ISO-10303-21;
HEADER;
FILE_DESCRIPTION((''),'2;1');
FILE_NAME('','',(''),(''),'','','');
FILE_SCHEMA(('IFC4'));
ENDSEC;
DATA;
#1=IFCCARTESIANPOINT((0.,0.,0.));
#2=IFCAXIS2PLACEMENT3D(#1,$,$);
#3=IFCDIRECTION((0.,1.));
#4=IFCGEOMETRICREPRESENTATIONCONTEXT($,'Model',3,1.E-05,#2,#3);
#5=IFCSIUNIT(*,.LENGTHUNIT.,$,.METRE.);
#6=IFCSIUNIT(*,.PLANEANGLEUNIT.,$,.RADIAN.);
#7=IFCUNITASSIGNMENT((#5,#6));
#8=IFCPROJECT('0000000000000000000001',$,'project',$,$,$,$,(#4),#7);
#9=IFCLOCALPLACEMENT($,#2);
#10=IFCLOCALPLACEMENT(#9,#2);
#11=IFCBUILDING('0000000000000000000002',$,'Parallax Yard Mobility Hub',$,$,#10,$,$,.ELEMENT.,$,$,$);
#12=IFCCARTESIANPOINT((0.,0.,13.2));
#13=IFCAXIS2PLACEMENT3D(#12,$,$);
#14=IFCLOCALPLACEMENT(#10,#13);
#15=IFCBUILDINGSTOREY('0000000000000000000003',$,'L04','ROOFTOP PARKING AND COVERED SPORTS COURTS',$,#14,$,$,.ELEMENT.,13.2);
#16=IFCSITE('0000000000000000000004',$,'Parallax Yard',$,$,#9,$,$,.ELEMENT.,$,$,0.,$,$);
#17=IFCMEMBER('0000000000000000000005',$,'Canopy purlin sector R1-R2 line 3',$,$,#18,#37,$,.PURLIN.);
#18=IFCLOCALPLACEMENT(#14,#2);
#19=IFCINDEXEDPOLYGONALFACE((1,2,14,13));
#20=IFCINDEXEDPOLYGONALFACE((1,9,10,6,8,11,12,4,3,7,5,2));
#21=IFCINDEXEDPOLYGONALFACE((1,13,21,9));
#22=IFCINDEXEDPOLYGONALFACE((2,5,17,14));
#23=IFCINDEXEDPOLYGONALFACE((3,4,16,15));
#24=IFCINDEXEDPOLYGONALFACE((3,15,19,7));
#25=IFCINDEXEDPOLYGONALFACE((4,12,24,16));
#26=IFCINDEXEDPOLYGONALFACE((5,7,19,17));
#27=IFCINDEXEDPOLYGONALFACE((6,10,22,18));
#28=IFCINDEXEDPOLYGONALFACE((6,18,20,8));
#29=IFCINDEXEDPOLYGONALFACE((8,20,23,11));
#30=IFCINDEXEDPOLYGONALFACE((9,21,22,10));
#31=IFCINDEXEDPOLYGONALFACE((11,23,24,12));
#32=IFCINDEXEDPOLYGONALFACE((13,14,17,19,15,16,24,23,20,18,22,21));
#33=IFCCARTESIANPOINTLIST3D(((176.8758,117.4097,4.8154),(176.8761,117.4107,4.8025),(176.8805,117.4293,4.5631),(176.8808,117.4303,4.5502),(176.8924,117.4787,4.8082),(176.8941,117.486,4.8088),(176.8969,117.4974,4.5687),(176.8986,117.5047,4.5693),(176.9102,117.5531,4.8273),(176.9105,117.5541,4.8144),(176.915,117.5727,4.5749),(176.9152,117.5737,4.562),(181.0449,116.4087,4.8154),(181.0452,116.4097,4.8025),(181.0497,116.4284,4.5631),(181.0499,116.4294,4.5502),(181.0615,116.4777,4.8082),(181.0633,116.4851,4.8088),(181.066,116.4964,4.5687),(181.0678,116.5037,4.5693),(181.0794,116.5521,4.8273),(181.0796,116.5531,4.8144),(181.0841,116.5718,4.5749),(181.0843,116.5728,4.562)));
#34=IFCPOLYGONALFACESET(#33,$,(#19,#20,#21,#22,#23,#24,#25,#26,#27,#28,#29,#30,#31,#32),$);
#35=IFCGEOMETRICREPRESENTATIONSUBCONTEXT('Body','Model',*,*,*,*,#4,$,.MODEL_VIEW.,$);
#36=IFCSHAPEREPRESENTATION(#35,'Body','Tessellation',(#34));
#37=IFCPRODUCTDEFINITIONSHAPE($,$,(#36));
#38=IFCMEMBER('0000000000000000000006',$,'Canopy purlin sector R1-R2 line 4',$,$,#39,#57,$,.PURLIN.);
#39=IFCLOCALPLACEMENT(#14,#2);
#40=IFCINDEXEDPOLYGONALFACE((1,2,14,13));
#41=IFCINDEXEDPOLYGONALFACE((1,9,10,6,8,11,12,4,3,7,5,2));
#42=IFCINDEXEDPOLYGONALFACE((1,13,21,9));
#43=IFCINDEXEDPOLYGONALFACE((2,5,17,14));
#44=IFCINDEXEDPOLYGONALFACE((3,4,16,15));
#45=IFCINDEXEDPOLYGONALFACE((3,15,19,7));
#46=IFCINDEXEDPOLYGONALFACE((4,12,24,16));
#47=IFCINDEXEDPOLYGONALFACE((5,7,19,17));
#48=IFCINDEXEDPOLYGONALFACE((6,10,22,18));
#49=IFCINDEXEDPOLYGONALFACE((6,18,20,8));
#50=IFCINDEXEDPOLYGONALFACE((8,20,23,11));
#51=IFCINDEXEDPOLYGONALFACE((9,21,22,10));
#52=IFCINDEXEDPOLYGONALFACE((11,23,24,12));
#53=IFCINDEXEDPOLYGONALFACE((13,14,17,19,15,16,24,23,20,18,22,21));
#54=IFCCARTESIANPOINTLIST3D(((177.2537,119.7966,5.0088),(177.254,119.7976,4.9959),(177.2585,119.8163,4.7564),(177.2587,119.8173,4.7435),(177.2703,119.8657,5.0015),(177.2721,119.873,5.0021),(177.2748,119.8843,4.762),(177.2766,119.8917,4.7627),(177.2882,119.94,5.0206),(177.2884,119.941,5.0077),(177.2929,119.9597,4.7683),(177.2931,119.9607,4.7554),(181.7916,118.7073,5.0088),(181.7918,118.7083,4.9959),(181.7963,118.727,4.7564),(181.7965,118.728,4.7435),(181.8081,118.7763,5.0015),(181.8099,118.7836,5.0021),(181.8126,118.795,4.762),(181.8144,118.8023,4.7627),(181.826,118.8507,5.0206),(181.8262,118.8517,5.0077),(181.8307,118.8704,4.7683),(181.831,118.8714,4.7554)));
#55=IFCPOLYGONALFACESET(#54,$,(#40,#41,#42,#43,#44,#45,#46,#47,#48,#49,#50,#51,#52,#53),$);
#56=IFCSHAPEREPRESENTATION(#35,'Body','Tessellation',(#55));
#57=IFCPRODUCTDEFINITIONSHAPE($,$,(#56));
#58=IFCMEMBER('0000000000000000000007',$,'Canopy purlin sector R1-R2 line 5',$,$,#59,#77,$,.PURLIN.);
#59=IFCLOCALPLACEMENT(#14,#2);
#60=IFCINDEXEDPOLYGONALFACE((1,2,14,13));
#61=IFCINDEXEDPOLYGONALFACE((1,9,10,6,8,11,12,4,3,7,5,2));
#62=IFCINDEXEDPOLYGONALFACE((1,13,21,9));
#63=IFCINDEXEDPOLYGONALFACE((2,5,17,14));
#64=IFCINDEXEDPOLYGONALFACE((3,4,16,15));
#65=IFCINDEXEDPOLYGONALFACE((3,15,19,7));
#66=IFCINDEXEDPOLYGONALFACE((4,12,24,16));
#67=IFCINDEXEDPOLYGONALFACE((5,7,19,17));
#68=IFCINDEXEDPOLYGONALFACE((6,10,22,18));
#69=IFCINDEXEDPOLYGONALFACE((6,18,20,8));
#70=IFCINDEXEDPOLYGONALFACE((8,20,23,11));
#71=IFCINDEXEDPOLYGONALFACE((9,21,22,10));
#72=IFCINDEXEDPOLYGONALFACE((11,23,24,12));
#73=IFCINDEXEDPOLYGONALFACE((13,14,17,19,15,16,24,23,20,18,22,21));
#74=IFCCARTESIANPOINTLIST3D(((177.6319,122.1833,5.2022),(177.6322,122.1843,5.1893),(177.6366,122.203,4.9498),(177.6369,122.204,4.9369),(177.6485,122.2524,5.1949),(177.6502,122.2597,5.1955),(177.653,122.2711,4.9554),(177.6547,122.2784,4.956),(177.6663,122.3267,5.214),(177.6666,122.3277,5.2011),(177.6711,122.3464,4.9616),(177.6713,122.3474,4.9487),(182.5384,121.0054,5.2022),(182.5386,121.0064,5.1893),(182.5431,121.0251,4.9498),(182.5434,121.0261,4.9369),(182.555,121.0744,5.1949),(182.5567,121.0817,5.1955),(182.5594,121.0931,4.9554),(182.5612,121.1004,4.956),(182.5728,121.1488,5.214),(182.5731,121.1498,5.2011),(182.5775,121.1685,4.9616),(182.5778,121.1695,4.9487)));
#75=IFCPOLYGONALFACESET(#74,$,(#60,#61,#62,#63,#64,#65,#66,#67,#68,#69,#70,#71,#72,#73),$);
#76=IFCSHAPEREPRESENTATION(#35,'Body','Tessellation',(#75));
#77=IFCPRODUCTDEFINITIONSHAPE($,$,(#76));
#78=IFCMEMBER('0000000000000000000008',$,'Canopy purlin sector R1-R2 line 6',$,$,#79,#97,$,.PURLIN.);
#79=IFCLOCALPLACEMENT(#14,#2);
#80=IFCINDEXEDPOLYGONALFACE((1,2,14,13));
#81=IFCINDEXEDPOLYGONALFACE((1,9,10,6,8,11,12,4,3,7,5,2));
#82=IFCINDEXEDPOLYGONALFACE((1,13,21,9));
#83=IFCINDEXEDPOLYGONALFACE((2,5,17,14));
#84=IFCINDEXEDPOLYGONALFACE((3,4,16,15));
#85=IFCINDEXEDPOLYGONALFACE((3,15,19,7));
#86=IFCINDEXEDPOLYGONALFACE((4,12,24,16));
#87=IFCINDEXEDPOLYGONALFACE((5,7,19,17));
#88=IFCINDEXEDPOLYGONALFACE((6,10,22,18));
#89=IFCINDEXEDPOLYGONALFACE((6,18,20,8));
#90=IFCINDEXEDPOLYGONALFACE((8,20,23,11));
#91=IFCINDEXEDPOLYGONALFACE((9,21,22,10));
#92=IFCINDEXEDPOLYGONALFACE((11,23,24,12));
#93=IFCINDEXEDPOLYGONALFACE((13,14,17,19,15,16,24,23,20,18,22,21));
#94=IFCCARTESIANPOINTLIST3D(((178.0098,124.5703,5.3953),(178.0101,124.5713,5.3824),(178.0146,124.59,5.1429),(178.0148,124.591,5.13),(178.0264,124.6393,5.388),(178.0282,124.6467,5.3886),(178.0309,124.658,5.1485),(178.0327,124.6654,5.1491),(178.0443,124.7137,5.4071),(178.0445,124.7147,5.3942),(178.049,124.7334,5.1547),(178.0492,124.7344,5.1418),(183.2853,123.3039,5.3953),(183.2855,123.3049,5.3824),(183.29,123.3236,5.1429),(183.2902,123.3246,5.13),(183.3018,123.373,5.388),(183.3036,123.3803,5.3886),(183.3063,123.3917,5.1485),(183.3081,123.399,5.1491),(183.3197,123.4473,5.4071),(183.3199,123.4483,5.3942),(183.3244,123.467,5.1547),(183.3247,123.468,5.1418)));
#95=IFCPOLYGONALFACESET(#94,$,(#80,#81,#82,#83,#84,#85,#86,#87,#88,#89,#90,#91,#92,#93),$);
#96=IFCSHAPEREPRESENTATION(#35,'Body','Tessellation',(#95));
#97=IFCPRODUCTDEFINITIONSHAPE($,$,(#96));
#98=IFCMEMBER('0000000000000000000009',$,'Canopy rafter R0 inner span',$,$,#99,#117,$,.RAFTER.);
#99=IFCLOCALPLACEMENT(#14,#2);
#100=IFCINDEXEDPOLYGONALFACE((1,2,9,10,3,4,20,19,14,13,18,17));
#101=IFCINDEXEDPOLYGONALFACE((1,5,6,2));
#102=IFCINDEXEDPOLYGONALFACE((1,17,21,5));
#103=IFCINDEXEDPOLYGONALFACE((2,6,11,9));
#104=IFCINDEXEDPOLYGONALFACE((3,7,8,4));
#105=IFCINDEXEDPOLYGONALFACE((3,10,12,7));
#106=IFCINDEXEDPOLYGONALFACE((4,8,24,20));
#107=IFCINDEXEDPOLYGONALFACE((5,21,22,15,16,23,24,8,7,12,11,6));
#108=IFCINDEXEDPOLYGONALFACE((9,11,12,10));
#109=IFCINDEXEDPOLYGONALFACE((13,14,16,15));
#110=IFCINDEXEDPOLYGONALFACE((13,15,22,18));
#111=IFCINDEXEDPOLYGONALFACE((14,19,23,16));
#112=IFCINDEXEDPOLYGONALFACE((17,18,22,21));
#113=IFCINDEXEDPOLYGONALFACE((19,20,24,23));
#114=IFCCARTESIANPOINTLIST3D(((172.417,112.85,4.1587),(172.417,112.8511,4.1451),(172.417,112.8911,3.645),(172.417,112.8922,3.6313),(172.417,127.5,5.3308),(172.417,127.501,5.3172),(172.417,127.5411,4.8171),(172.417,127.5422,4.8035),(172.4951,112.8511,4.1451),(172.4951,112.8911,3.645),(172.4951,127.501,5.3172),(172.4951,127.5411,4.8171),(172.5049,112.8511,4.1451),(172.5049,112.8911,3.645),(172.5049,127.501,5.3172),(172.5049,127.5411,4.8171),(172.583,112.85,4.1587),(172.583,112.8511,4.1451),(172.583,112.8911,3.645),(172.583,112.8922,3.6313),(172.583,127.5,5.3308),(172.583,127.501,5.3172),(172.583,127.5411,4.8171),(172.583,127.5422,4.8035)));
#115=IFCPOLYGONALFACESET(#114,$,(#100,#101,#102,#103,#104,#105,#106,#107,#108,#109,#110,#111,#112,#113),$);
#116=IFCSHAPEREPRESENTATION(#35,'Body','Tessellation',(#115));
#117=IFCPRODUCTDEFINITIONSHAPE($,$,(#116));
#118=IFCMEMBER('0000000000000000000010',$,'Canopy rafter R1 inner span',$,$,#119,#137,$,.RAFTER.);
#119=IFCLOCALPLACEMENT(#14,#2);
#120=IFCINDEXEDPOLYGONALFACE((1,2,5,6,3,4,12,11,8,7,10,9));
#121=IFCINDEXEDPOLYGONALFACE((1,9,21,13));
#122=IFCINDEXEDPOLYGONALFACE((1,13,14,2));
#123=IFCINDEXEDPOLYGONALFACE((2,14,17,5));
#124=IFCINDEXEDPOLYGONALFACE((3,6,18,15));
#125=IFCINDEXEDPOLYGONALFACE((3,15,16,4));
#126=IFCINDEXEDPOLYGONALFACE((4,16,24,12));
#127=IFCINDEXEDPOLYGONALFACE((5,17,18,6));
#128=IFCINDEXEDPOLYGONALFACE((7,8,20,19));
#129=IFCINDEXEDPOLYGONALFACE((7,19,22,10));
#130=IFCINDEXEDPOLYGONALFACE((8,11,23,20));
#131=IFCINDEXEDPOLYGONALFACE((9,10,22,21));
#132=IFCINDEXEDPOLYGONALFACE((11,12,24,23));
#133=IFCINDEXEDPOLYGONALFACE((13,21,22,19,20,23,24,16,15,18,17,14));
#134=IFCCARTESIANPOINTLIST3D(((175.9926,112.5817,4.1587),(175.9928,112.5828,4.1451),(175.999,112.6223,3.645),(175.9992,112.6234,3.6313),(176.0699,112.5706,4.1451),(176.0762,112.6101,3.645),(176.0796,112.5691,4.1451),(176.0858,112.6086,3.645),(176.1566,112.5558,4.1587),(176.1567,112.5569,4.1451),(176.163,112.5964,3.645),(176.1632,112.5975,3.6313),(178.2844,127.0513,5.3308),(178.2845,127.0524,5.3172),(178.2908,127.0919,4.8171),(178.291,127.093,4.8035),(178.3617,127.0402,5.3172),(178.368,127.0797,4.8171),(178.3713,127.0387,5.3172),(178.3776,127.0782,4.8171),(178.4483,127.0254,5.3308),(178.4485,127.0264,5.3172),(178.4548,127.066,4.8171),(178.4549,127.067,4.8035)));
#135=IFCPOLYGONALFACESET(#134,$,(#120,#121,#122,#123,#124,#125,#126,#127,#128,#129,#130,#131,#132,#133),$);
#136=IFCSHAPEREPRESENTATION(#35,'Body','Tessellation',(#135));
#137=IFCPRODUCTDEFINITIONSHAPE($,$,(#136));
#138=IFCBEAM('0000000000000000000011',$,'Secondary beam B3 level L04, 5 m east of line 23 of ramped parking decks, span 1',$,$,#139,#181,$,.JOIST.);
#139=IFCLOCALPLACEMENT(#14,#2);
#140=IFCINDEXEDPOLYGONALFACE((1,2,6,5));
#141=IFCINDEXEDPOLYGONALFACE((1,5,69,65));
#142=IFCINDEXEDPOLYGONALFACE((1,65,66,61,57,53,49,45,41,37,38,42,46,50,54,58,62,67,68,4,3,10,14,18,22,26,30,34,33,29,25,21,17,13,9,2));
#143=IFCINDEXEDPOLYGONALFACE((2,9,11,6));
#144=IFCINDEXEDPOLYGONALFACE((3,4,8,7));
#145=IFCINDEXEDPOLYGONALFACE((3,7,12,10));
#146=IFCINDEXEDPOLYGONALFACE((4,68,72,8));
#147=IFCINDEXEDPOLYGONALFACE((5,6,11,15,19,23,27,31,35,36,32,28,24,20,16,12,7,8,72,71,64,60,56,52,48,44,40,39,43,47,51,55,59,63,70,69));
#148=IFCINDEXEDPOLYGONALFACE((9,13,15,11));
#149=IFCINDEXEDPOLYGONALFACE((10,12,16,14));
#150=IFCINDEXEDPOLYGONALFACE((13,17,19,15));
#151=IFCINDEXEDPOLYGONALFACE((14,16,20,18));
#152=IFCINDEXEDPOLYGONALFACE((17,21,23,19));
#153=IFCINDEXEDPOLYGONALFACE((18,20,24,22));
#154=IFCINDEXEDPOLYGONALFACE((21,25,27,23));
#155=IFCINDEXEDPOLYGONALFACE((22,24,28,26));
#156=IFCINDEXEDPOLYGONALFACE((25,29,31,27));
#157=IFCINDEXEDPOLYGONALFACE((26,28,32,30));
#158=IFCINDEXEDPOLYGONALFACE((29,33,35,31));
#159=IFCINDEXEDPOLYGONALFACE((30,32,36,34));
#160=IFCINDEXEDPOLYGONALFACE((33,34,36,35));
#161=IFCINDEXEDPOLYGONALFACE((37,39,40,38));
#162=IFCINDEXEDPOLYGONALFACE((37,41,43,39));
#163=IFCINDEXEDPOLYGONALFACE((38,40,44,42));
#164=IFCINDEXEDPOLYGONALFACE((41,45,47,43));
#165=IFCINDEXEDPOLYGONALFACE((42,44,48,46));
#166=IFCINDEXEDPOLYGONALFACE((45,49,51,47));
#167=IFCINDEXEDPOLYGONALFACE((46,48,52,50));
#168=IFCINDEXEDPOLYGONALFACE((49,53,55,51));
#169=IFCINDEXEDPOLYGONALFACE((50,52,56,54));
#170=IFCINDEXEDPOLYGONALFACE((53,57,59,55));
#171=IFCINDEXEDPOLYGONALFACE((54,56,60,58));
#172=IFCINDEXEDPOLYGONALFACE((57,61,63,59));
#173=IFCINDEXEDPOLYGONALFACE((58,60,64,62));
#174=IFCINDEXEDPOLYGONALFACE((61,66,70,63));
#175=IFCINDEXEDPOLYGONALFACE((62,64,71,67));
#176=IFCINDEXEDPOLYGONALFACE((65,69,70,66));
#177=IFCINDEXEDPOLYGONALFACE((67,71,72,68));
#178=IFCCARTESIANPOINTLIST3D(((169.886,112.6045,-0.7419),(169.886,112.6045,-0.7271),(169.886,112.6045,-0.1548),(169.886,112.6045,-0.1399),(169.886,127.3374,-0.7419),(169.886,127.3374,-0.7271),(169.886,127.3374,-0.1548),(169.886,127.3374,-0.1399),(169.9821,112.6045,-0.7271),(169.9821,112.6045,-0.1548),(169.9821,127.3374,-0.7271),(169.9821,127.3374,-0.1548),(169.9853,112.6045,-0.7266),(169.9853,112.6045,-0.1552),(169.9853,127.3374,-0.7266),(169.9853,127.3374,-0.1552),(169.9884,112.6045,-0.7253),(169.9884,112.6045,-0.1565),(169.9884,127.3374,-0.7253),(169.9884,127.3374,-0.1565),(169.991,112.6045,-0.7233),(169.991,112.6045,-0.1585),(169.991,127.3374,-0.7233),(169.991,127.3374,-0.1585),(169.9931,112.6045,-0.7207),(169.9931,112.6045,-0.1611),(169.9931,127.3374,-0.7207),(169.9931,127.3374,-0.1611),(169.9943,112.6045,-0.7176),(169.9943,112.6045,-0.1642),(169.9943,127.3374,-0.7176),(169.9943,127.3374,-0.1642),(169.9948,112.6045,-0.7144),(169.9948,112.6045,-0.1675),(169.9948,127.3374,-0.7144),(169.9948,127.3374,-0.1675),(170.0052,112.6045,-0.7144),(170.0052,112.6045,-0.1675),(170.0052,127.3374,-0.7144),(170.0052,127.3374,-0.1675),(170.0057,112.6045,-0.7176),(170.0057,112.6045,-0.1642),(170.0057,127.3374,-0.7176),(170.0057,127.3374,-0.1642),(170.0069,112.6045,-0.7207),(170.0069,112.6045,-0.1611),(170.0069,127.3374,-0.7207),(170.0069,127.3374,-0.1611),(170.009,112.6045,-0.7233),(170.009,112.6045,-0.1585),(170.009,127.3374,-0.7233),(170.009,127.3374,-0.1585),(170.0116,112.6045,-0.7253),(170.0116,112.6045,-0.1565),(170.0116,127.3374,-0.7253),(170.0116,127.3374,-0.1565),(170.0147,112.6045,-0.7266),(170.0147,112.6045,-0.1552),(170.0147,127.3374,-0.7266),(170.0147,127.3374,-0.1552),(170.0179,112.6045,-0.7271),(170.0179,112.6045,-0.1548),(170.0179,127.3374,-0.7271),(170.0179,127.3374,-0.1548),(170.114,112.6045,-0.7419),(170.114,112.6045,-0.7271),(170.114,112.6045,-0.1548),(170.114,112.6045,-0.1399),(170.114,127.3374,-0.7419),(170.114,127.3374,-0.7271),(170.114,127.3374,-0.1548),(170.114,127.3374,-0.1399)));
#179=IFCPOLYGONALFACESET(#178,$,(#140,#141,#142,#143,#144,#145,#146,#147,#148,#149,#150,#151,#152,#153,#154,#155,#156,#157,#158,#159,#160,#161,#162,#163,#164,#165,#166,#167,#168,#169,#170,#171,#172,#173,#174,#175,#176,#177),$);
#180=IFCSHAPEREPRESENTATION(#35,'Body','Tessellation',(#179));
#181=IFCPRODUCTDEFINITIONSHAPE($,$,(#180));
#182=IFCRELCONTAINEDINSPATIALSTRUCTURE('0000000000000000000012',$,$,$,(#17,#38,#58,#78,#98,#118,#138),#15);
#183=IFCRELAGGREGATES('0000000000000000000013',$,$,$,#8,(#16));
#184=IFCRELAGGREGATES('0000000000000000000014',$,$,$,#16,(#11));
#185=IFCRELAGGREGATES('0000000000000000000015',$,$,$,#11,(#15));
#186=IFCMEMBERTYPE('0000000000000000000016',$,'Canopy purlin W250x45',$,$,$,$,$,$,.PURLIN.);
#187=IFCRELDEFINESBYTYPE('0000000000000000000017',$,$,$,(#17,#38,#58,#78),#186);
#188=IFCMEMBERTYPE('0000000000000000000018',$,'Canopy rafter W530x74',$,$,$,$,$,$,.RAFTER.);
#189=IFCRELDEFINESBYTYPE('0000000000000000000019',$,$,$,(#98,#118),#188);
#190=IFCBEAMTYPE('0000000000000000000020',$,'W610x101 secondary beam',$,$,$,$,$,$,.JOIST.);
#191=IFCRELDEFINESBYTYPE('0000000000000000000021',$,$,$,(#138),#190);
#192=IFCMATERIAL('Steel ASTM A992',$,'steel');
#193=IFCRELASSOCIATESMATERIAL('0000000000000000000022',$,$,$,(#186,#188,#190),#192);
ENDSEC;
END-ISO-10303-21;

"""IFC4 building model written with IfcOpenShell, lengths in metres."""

from ifc_helpers import new_model, si_unit, direction, frame, origin, origin_2d, place, context, subcontext, project, spatial, i_section, extrude, material, material_profile, profile_set, type_object, element, save


model = new_model("IFC4")

# Units and contexts
model_context = context("Model", 3, precision=1e-05, world=origin(), true_north=direction((0.0, 1.0)))
body_context = subcontext(model_context, "Body", "Model", "MODEL_VIEW")
ifc_project = project(units=[si_unit("LENGTHUNIT", "METRE"), si_unit("PLANEANGLEUNIT", "RADIAN")], contexts=[model_context])

# Site, building, storey
site_placement = place(None, origin())
site = spatial("IfcSite", under=ifc_project, at=site_placement, Name="Parallax Yard", CompositionType="ELEMENT", RefElevation=0.0)
building_placement = place(site_placement, origin())
building = spatial("IfcBuilding", under=site, at=building_placement, Name="Parallax Yard Mobility Hub", CompositionType="ELEMENT")
storey_placement = place(building_placement, frame((0.0, 0.0, 13.2)))
storey = spatial("IfcBuildingStorey", under=building, at=storey_placement, Name="L04", Description="ROOFTOP PARKING AND COVERED SPORTS COURTS", CompositionType="ELEMENT", Elevation=13.2)

# Members
ifc_material_1 = material(Name="Steel ASTM A992", Category="steel")
ifc_material_profile_1 = material_profile(ifc_material_1, i_section(OverallWidth=0.1479, OverallDepth=0.2661, WebThickness=0.0076, FlangeThickness=0.0129, at=origin_2d()), Name="W250x45")
ifc_profile_set_1 = profile_set([ifc_material_profile_1], Name="Steel ASTM A992")
member_type_1 = type_object("IfcMemberType", Name="Canopy purlin W250x45", PredefinedType="PURLIN", material=ifc_profile_set_1)
member_1_placement = place(storey_placement, frame((176.8955, 117.4917, 4.6887), z_axis=(0.972368, -0.233455, 0.0), x_axis=(0.232707, 0.969252, 0.07999)))
element("IfcMember", 1, at=member_1_placement, inside=storey, type_object=member_type_1, Name="Canopy purlin sector R1-R2 line 3", PredefinedType="PURLIN", context=body_context, shape_type="SweptSolid", body=[
    extrude(i_section(OverallWidth=0.1479, OverallDepth=0.2661, WebThickness=0.0076, FlangeThickness=0.0129, at=origin_2d()), origin(), (0.0, 0.0, 1.0), 4.2876),
])
member_2_placement = place(storey_placement, frame((177.2734, 119.8787, 4.8821), z_axis=(0.972374, -0.233428, 0.0), x_axis=(0.23268, 0.969258, 0.07999)))
element("IfcMember", 2, at=member_2_placement, inside=storey, type_object=member_type_1, Name="Canopy purlin sector R1-R2 line 4", PredefinedType="PURLIN", context=body_context, shape_type="SweptSolid", body=[
    extrude(i_section(OverallWidth=0.1479, OverallDepth=0.2661, WebThickness=0.0076, FlangeThickness=0.0129, at=origin_2d()), origin(), (0.0, 0.0, 1.0), 4.6667),
])
member_3_placement = place(storey_placement, frame((177.6516, 122.2654, 5.0754), z_axis=(0.972368, -0.233452, 0.0), x_axis=(0.232704, 0.969253, 0.07999)))
element("IfcMember", 3, at=member_3_placement, inside=storey, type_object=member_type_1, Name="Canopy purlin sector R1-R2 line 5", PredefinedType="PURLIN", context=body_context, shape_type="SweptSolid", body=[
    extrude(i_section(OverallWidth=0.1479, OverallDepth=0.2661, WebThickness=0.0076, FlangeThickness=0.0129, at=origin_2d()), origin(), (0.0, 0.0, 1.0), 5.0459),
])
member_4_placement = place(storey_placement, frame((178.0295, 124.6523, 5.2686), z_axis=(0.972376, -0.233419, 0.0), x_axis=(0.232671, 0.96926, 0.07999)))
element("IfcMember", 4, at=member_4_placement, inside=storey, type_object=member_type_1, Name="Canopy purlin sector R1-R2 line 6", PredefinedType="PURLIN", context=body_context, shape_type="SweptSolid", body=[
    extrude(i_section(OverallWidth=0.1479, OverallDepth=0.2661, WebThickness=0.0076, FlangeThickness=0.0129, at=origin_2d()), origin(), (0.0, 0.0, 1.0), 5.4253),
])
ifc_material_profile_2 = material_profile(ifc_material_1, i_section(OverallWidth=0.166, OverallDepth=0.5291, WebThickness=0.0098, FlangeThickness=0.0137, at=origin_2d()), Name="W530x74")
ifc_profile_set_2 = profile_set([ifc_material_profile_2], Name="Steel ASTM A992")
member_type_2 = type_object("IfcMemberType", Name="Canopy rafter W530x74", PredefinedType="RAFTER", material=ifc_profile_set_2)
for number, where, z_axis, x_axis, name in (
    (5, (172.5, 112.8711, 3.895), (0.0, 0.996815, 0.079754), (-1.0, 0.0, 0.0), "Canopy rafter R0 inner span"),
    (6, (176.0779, 112.5896, 3.895), (0.155937, 0.984542, 0.079754), (-0.987688, 0.156435, 0.0), "Canopy rafter R1 inner span"),
):
    element("IfcMember", number, at=place(storey_placement, frame(where, z_axis=z_axis, x_axis=x_axis)), inside=storey, type_object=member_type_2, Name=name, PredefinedType="RAFTER", context=body_context, shape_type="SweptSolid", body=[
        extrude(i_section(OverallWidth=0.166, OverallDepth=0.5291, WebThickness=0.0098, FlangeThickness=0.0137, at=origin_2d()), origin(), (0.0, 0.0, 1.0), 14.6968),
    ])

# Beam
ifc_material_profile_3 = material_profile(ifc_material_1, i_section(OverallWidth=0.228, OverallDepth=0.6021, WebThickness=0.0105, FlangeThickness=0.0149, FilletRadius=0.0127, at=origin_2d()), Name="W610x101")
ifc_profile_set_3 = profile_set([ifc_material_profile_3], Name="Steel ASTM A992")
beam_type_1 = type_object("IfcBeamType", Name="W610x101 secondary beam", PredefinedType="JOIST", material=ifc_profile_set_3)
beam_1_placement = place(storey_placement, frame((170.0, 112.6045, -0.4409), z_axis=(0.0, 1.0, 0.0), x_axis=(-1.0, 0.0, 0.0)))
element("IfcBeam", 7, at=beam_1_placement, inside=storey, type_object=beam_type_1, Name="Secondary beam B3 level L04, 5 m east of line 23 of ramped parking decks, span 1", PredefinedType="JOIST", context=body_context, shape_type="SweptSolid", body=[
    extrude(i_section(OverallWidth=0.228, OverallDepth=0.6021, WebThickness=0.0105, FlangeThickness=0.0149, FilletRadius=0.0127, at=origin_2d()), origin(), (0.0, 0.0, 1.0), 14.7329),
])

save(model, "model.ifc")
